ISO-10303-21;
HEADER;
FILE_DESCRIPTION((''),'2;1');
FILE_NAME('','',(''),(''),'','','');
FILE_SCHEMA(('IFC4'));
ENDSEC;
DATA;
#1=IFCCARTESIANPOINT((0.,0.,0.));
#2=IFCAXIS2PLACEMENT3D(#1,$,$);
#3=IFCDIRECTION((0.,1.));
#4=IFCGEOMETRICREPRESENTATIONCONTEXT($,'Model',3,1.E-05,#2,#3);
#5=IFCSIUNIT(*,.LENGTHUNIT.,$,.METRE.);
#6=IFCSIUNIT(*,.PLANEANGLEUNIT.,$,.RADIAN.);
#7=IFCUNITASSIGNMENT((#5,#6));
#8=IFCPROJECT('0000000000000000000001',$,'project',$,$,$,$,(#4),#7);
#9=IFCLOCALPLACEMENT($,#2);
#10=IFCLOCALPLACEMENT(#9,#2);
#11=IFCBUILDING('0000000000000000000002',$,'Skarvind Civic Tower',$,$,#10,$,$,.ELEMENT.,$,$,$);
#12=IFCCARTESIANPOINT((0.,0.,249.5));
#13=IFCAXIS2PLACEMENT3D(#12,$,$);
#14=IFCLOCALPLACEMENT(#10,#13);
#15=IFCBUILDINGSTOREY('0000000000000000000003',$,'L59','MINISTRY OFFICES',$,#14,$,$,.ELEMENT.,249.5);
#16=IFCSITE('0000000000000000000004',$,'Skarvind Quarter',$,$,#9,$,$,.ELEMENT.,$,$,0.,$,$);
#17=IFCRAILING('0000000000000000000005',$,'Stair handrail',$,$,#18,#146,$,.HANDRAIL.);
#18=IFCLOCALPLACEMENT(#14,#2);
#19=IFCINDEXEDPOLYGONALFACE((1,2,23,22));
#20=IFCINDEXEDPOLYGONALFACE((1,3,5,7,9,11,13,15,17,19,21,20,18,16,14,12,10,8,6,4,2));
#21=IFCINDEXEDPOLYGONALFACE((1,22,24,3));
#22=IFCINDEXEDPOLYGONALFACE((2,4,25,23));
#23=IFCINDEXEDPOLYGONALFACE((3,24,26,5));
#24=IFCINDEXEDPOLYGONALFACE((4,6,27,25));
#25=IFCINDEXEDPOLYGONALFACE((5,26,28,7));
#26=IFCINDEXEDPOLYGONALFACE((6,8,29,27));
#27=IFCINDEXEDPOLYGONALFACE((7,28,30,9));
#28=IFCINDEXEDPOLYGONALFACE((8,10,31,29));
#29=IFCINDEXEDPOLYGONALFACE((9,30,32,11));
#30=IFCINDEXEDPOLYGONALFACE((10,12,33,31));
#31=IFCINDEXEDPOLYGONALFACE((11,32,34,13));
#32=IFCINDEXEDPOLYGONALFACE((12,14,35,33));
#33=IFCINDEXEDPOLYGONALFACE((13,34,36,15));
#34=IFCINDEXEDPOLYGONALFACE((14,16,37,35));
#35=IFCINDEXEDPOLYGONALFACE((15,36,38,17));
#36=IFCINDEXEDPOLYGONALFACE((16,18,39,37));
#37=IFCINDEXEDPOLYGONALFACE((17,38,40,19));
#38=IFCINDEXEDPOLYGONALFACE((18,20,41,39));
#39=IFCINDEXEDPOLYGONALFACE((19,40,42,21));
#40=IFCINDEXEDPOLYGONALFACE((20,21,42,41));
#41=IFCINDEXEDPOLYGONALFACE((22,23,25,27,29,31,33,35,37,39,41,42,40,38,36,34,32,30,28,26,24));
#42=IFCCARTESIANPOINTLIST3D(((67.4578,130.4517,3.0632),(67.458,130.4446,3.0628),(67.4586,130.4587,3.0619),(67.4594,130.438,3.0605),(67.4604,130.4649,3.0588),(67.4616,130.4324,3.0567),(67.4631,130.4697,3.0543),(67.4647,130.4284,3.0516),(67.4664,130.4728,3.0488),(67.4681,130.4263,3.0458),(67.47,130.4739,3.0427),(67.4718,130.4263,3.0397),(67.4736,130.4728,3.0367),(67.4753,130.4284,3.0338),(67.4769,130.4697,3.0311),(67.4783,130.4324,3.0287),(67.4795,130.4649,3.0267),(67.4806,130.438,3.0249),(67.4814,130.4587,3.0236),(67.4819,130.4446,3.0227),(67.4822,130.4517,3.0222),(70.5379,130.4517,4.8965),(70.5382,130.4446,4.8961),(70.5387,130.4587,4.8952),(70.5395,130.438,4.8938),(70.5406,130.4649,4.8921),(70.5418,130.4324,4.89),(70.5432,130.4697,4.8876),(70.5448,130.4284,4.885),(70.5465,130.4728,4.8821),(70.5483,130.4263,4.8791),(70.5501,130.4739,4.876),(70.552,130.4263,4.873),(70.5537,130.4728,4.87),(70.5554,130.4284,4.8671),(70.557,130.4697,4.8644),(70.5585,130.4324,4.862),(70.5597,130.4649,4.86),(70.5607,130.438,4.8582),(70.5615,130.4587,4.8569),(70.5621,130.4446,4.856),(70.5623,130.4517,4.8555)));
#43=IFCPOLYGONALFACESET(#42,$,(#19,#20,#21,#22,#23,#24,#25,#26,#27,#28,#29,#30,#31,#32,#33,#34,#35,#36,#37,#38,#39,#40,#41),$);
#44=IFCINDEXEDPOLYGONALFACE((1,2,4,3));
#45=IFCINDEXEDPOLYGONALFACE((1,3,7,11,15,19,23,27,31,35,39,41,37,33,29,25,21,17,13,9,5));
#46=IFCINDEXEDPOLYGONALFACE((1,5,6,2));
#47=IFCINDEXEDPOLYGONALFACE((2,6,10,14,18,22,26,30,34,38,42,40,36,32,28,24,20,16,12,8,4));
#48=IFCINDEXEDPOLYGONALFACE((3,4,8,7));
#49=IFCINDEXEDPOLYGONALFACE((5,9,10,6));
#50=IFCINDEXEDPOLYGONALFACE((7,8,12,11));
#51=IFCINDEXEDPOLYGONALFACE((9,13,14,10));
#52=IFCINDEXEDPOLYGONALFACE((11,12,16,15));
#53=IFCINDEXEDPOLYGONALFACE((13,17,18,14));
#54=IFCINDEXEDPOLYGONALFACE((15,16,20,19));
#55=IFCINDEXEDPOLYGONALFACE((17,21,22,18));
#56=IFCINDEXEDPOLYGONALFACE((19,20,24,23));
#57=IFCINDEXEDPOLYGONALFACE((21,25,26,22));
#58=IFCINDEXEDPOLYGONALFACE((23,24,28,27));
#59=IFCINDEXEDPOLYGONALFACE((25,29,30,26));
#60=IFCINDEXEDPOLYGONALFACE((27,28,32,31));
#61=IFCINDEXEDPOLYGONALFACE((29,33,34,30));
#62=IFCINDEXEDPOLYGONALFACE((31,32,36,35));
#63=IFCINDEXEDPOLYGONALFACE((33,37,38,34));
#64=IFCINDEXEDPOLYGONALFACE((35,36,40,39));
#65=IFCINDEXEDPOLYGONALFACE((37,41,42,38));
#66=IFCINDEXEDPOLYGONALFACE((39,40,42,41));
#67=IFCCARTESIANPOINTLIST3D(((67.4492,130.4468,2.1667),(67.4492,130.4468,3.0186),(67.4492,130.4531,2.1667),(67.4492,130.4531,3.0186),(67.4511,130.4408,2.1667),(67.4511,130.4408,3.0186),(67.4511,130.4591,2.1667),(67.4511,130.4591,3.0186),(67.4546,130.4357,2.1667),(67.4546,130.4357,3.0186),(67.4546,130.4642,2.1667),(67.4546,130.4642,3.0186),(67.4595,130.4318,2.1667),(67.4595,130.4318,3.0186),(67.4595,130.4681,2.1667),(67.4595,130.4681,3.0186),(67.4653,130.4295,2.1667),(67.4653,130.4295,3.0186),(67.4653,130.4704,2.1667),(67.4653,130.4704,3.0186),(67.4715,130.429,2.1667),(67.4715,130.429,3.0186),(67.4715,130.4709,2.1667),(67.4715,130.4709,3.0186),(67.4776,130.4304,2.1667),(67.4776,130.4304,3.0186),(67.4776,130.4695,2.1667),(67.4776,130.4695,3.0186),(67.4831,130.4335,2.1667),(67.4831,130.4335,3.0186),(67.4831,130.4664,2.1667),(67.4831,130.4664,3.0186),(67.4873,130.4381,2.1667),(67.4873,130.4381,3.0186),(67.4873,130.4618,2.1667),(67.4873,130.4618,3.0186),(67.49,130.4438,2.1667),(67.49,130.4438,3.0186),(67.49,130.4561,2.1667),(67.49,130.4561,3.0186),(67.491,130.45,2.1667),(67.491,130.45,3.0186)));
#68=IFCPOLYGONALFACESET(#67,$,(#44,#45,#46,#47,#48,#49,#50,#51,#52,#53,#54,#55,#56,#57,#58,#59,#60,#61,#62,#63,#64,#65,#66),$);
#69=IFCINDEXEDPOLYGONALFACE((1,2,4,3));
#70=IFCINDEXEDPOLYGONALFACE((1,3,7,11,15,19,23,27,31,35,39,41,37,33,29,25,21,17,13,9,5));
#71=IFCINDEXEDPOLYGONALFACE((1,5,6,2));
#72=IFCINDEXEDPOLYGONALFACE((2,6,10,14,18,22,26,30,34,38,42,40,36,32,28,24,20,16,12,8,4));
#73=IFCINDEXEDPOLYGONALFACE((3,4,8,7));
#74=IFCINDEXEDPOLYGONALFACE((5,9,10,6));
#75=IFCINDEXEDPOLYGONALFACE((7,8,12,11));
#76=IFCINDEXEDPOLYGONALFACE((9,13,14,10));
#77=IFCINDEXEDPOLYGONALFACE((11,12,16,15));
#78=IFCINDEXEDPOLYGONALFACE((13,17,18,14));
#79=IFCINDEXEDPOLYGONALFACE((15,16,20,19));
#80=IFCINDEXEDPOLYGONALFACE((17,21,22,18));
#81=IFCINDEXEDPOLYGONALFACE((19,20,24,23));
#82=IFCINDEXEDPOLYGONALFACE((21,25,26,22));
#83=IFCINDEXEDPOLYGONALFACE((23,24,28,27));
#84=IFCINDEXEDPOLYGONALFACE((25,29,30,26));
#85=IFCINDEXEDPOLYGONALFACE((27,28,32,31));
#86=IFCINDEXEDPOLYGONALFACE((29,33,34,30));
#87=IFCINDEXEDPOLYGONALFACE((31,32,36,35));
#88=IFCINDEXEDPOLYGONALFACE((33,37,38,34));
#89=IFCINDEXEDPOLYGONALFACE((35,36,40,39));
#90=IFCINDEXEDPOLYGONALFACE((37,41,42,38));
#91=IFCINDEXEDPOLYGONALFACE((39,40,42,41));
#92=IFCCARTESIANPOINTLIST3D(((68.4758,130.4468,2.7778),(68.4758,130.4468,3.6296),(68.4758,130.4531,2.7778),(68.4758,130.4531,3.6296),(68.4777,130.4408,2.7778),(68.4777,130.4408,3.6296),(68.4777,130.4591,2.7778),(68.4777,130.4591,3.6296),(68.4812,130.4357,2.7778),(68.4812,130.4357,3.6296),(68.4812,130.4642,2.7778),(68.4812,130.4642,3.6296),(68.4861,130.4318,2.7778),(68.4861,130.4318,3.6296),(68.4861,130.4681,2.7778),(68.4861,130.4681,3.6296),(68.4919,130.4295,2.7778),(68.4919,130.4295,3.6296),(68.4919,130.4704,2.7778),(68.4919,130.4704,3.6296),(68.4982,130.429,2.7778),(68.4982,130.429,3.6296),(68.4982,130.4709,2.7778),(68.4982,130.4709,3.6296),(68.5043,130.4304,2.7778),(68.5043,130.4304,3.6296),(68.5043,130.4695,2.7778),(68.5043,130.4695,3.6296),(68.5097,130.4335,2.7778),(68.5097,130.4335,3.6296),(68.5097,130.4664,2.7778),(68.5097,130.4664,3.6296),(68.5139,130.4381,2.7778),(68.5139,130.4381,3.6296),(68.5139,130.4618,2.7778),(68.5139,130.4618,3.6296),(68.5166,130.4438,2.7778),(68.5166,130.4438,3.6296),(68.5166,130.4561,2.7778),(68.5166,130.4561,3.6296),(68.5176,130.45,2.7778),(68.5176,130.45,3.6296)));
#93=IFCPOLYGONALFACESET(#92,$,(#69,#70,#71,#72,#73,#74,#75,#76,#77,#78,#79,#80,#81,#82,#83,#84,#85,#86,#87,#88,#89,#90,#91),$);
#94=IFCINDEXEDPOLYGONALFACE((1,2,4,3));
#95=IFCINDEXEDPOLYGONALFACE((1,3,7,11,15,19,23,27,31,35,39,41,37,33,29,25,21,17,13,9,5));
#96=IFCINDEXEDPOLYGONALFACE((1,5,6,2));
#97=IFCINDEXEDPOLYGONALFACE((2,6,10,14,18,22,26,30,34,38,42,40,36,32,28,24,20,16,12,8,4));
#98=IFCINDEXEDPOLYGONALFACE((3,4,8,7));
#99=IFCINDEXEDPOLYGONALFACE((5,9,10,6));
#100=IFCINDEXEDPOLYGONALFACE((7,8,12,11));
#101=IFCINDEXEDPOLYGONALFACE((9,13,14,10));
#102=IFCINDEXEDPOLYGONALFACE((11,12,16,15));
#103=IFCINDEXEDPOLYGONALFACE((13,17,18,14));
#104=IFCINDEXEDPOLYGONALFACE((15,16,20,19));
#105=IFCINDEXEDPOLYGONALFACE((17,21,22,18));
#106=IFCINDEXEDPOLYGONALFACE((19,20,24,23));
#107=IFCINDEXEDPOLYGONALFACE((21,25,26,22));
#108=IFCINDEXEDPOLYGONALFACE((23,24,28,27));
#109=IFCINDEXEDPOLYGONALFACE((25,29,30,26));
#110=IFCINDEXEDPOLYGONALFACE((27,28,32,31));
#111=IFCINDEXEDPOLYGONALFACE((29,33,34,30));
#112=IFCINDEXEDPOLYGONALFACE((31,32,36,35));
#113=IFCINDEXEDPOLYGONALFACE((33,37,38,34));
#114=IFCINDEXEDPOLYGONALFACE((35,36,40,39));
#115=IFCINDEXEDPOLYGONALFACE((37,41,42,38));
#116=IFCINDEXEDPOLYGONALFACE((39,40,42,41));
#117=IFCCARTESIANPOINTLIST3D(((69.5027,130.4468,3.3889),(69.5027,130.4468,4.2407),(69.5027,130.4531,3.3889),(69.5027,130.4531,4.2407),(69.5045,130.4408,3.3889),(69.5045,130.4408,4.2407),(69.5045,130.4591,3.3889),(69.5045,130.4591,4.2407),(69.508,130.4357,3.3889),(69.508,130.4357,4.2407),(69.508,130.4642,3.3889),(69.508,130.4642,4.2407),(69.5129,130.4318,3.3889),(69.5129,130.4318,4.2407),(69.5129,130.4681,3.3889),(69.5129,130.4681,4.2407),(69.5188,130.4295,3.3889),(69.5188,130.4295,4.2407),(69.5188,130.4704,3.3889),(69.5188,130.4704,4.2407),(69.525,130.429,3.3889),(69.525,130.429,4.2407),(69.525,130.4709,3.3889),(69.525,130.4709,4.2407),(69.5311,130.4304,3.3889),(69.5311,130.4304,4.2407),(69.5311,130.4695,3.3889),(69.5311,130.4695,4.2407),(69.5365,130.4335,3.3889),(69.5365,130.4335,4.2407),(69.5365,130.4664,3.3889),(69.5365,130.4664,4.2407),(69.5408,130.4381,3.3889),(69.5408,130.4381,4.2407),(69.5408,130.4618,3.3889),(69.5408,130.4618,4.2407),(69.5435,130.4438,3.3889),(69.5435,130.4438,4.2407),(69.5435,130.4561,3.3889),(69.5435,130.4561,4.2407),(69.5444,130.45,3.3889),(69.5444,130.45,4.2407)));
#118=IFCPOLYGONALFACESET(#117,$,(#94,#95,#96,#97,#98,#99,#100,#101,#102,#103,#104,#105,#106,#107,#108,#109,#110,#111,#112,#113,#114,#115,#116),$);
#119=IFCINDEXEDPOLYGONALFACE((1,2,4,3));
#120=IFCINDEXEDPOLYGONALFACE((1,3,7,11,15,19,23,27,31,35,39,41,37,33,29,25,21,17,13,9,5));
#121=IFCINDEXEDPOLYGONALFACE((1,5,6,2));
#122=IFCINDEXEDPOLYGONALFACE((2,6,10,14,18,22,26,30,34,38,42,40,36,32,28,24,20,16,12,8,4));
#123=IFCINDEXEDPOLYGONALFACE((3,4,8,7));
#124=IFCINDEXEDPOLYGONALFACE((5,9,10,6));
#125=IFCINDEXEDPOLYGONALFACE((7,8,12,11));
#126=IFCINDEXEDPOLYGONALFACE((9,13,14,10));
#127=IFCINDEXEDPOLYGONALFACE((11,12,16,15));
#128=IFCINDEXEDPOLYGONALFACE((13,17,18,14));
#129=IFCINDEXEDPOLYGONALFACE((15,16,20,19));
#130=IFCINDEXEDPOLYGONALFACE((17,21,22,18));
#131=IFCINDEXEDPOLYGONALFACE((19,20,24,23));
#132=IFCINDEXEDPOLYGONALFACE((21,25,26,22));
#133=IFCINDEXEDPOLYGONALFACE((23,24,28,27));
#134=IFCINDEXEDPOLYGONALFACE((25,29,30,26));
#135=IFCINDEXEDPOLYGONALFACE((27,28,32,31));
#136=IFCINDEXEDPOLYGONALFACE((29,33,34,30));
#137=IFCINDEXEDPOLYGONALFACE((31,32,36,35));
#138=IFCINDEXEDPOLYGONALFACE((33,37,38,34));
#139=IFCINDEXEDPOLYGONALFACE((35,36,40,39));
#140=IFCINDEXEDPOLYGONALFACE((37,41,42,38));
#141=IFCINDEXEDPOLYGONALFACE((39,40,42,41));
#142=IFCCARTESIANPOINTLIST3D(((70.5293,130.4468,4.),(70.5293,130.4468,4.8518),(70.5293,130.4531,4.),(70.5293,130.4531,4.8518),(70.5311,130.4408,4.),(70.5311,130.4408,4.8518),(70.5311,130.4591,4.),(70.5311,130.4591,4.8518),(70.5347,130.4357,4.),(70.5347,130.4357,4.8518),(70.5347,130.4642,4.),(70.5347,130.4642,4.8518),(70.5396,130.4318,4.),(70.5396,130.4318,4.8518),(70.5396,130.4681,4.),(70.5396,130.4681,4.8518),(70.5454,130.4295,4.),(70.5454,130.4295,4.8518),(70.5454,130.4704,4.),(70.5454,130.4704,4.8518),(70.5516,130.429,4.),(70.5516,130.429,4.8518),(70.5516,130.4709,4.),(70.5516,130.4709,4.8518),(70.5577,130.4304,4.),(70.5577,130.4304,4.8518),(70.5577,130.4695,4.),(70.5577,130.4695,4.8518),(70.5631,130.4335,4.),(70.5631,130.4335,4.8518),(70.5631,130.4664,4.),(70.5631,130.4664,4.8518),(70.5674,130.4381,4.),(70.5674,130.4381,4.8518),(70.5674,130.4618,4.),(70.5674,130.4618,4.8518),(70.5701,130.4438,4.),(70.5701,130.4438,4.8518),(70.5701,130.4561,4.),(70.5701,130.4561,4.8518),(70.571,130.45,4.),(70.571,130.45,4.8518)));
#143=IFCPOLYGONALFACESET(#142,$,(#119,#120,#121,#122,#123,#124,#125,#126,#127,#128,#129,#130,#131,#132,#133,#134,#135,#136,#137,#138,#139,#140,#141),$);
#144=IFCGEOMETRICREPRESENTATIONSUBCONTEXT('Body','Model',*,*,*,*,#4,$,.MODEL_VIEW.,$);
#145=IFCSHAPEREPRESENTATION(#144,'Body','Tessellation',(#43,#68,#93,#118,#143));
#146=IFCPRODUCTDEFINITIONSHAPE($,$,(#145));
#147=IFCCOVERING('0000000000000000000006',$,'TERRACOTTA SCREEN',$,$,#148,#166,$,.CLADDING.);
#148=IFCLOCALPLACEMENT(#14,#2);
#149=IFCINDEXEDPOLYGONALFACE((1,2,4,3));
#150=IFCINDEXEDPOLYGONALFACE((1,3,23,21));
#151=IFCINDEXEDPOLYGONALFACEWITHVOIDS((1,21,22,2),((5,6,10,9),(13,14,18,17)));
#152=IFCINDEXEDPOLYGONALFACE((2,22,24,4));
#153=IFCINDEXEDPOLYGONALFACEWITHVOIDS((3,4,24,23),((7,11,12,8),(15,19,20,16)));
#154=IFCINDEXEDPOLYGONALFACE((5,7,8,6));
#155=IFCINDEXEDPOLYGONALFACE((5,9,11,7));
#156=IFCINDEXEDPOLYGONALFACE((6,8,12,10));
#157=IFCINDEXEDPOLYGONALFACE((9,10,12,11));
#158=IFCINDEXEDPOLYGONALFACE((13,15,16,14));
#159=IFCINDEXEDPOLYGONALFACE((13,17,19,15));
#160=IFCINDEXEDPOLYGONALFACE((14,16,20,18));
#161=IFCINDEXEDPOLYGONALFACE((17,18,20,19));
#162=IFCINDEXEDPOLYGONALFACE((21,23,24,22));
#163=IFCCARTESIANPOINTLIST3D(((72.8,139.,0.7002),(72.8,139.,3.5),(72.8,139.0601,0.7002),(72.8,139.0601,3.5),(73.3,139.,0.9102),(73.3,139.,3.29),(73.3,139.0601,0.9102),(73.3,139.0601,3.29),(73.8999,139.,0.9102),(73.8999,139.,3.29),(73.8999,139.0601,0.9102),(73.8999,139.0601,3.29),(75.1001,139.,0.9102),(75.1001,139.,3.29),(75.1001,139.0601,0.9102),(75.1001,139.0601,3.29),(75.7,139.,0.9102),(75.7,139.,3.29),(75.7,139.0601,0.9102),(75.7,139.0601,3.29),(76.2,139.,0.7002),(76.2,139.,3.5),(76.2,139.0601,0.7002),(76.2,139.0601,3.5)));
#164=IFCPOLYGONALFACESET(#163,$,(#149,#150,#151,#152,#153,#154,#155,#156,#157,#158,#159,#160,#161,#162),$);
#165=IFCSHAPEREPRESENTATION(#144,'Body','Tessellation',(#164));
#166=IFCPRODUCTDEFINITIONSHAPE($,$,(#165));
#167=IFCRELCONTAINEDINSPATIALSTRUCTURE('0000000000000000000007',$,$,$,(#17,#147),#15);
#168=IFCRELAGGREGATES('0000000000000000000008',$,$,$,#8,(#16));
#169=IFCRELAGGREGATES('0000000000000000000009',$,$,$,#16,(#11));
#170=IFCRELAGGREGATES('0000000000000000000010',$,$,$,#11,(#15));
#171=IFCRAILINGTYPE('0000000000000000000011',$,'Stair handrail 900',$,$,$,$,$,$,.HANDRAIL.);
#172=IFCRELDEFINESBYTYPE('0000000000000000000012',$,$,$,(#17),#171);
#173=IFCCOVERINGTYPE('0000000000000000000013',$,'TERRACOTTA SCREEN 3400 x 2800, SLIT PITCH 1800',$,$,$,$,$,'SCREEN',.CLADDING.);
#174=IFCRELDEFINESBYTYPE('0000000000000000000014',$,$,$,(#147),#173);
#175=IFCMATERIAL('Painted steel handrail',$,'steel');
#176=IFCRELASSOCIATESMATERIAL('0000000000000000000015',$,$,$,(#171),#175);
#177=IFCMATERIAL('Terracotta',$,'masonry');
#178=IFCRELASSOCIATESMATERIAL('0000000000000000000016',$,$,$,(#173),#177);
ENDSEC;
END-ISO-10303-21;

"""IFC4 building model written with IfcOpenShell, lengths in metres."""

from ifc_helpers import new_model, si_unit, direction, frame, origin, origin_2d, place, context, subcontext, project, spatial, polyline, circle, outline, extrude, material, material_profile, profile_set, type_object, element, save


model = new_model("IFC4")

# Units and contexts
model_context = context("Model", 3, precision=1e-05, world=origin(), true_north=direction((0.0, 1.0)))
body_context = subcontext(model_context, "Body", "Model", "MODEL_VIEW")
ifc_project = project(units=[si_unit("LENGTHUNIT", "METRE"), si_unit("PLANEANGLEUNIT", "RADIAN")], contexts=[model_context])

# Site, building, storey
site_placement = place(None, origin())
site = spatial("IfcSite", under=ifc_project, at=site_placement, Name="Skarvind Quarter", CompositionType="ELEMENT", RefElevation=0.0)
building_placement = place(site_placement, origin())
building = spatial("IfcBuilding", under=site, at=building_placement, Name="Skarvind Civic Tower", CompositionType="ELEMENT")
storey_placement = place(building_placement, frame((0.0, 0.0, 249.5)))
storey = spatial("IfcBuildingStorey", under=building, at=storey_placement, Name="L59", Description="MINISTRY OFFICES", CompositionType="ELEMENT", Elevation=249.5)

# Railing
ifc_material_1 = material(Name="Painted steel handrail", Category="steel")
railing_type = type_object("IfcRailingType", Name="Stair handrail 900", PredefinedType="HANDRAIL", material=ifc_material_1)
railing_1_placement = place(storey_placement, frame((67.47, 130.45, 2.1667)))
element("IfcRailing", 1, at=railing_1_placement, inside=storey, type_object=railing_type, Name="Stair handrail", PredefinedType="HANDRAIL", context=body_context, shape_type="SweptSolid", body=[
    extrude(circle(Radius=0.0239, at=origin_2d()), frame((0.0, 0.0, 0.876), z_axis=(0.859309, 0.0, 0.511458), x_axis=(0.0, 1.0, 0.0)), (0.0, 0.0, 1.0), 3.5845),
    extrude(circle(Radius=0.021, at=origin_2d()), origin(), (0.0, 0.0, 1.0), 0.8518),
    extrude(circle(Radius=0.021, at=origin_2d()), frame((1.0266, 0.0, 0.6111)), (0.0, 0.0, 1.0), 0.8518),
    extrude(circle(Radius=0.021, at=origin_2d()), frame((2.0535, 0.0, 1.2222)), (0.0, 0.0, 1.0), 0.8518),
    extrude(circle(Radius=0.021, at=origin_2d()), frame((3.0801, 0.0, 1.8333)), (0.0, 0.0, 1.0), 0.8518),
])

# Covering
ifc_material_2 = material(Name="Terracotta", Category="masonry")
ifc_material_profile_1 = material_profile(ifc_material_2, outline(polyline([(-1.7, -1.3999), (1.7, -1.3999), (1.7, 1.3999), (-1.7, 1.3999), (-1.7, -1.3999)]), holes=[polyline([(-1.2, -1.1899), (-0.6001, -1.1899), (-0.6001, 1.1899), (-1.2, 1.1899), (-1.2, -1.1899)]), polyline([(0.6001, -1.1899), (1.2, -1.1899), (1.2, 1.1899), (0.6001, 1.1899), (0.6001, -1.1899)])]), Name="TERRACOTTA SCREEN 3400 x 2800, SLIT PITCH 1800")
ifc_profile_set_1 = profile_set([ifc_material_profile_1], Name="Terracotta")
covering_type = type_object("IfcCoveringType", Name="TERRACOTTA SCREEN 3400 x 2800, SLIT PITCH 1800", ElementType="SCREEN", PredefinedType="CLADDING", material=ifc_profile_set_1)
covering_placement = place(storey_placement, frame((74.5, 139.0, 2.1001), z_axis=(0.0, 1.0, 0.0), x_axis=(-1.0, 0.0, 0.0)))
element("IfcCovering", 2, at=covering_placement, inside=storey, type_object=covering_type, Name="TERRACOTTA SCREEN", PredefinedType="CLADDING", context=body_context, shape_type="SweptSolid", body=[
    extrude(outline(polyline([(-1.7, -1.3999), (1.7, -1.3999), (1.7, 1.3999), (-1.7, 1.3999), (-1.7, -1.3999)]), holes=[polyline([(-1.2, -1.1899), (-0.6001, -1.1899), (-0.6001, 1.1899), (-1.2, 1.1899), (-1.2, -1.1899)]), polyline([(0.6001, -1.1899), (1.2, -1.1899), (1.2, 1.1899), (0.6001, 1.1899), (0.6001, -1.1899)])]), origin(), (0.0, 0.0, 1.0), 0.0601),
])

save(model, "model.ifc")
